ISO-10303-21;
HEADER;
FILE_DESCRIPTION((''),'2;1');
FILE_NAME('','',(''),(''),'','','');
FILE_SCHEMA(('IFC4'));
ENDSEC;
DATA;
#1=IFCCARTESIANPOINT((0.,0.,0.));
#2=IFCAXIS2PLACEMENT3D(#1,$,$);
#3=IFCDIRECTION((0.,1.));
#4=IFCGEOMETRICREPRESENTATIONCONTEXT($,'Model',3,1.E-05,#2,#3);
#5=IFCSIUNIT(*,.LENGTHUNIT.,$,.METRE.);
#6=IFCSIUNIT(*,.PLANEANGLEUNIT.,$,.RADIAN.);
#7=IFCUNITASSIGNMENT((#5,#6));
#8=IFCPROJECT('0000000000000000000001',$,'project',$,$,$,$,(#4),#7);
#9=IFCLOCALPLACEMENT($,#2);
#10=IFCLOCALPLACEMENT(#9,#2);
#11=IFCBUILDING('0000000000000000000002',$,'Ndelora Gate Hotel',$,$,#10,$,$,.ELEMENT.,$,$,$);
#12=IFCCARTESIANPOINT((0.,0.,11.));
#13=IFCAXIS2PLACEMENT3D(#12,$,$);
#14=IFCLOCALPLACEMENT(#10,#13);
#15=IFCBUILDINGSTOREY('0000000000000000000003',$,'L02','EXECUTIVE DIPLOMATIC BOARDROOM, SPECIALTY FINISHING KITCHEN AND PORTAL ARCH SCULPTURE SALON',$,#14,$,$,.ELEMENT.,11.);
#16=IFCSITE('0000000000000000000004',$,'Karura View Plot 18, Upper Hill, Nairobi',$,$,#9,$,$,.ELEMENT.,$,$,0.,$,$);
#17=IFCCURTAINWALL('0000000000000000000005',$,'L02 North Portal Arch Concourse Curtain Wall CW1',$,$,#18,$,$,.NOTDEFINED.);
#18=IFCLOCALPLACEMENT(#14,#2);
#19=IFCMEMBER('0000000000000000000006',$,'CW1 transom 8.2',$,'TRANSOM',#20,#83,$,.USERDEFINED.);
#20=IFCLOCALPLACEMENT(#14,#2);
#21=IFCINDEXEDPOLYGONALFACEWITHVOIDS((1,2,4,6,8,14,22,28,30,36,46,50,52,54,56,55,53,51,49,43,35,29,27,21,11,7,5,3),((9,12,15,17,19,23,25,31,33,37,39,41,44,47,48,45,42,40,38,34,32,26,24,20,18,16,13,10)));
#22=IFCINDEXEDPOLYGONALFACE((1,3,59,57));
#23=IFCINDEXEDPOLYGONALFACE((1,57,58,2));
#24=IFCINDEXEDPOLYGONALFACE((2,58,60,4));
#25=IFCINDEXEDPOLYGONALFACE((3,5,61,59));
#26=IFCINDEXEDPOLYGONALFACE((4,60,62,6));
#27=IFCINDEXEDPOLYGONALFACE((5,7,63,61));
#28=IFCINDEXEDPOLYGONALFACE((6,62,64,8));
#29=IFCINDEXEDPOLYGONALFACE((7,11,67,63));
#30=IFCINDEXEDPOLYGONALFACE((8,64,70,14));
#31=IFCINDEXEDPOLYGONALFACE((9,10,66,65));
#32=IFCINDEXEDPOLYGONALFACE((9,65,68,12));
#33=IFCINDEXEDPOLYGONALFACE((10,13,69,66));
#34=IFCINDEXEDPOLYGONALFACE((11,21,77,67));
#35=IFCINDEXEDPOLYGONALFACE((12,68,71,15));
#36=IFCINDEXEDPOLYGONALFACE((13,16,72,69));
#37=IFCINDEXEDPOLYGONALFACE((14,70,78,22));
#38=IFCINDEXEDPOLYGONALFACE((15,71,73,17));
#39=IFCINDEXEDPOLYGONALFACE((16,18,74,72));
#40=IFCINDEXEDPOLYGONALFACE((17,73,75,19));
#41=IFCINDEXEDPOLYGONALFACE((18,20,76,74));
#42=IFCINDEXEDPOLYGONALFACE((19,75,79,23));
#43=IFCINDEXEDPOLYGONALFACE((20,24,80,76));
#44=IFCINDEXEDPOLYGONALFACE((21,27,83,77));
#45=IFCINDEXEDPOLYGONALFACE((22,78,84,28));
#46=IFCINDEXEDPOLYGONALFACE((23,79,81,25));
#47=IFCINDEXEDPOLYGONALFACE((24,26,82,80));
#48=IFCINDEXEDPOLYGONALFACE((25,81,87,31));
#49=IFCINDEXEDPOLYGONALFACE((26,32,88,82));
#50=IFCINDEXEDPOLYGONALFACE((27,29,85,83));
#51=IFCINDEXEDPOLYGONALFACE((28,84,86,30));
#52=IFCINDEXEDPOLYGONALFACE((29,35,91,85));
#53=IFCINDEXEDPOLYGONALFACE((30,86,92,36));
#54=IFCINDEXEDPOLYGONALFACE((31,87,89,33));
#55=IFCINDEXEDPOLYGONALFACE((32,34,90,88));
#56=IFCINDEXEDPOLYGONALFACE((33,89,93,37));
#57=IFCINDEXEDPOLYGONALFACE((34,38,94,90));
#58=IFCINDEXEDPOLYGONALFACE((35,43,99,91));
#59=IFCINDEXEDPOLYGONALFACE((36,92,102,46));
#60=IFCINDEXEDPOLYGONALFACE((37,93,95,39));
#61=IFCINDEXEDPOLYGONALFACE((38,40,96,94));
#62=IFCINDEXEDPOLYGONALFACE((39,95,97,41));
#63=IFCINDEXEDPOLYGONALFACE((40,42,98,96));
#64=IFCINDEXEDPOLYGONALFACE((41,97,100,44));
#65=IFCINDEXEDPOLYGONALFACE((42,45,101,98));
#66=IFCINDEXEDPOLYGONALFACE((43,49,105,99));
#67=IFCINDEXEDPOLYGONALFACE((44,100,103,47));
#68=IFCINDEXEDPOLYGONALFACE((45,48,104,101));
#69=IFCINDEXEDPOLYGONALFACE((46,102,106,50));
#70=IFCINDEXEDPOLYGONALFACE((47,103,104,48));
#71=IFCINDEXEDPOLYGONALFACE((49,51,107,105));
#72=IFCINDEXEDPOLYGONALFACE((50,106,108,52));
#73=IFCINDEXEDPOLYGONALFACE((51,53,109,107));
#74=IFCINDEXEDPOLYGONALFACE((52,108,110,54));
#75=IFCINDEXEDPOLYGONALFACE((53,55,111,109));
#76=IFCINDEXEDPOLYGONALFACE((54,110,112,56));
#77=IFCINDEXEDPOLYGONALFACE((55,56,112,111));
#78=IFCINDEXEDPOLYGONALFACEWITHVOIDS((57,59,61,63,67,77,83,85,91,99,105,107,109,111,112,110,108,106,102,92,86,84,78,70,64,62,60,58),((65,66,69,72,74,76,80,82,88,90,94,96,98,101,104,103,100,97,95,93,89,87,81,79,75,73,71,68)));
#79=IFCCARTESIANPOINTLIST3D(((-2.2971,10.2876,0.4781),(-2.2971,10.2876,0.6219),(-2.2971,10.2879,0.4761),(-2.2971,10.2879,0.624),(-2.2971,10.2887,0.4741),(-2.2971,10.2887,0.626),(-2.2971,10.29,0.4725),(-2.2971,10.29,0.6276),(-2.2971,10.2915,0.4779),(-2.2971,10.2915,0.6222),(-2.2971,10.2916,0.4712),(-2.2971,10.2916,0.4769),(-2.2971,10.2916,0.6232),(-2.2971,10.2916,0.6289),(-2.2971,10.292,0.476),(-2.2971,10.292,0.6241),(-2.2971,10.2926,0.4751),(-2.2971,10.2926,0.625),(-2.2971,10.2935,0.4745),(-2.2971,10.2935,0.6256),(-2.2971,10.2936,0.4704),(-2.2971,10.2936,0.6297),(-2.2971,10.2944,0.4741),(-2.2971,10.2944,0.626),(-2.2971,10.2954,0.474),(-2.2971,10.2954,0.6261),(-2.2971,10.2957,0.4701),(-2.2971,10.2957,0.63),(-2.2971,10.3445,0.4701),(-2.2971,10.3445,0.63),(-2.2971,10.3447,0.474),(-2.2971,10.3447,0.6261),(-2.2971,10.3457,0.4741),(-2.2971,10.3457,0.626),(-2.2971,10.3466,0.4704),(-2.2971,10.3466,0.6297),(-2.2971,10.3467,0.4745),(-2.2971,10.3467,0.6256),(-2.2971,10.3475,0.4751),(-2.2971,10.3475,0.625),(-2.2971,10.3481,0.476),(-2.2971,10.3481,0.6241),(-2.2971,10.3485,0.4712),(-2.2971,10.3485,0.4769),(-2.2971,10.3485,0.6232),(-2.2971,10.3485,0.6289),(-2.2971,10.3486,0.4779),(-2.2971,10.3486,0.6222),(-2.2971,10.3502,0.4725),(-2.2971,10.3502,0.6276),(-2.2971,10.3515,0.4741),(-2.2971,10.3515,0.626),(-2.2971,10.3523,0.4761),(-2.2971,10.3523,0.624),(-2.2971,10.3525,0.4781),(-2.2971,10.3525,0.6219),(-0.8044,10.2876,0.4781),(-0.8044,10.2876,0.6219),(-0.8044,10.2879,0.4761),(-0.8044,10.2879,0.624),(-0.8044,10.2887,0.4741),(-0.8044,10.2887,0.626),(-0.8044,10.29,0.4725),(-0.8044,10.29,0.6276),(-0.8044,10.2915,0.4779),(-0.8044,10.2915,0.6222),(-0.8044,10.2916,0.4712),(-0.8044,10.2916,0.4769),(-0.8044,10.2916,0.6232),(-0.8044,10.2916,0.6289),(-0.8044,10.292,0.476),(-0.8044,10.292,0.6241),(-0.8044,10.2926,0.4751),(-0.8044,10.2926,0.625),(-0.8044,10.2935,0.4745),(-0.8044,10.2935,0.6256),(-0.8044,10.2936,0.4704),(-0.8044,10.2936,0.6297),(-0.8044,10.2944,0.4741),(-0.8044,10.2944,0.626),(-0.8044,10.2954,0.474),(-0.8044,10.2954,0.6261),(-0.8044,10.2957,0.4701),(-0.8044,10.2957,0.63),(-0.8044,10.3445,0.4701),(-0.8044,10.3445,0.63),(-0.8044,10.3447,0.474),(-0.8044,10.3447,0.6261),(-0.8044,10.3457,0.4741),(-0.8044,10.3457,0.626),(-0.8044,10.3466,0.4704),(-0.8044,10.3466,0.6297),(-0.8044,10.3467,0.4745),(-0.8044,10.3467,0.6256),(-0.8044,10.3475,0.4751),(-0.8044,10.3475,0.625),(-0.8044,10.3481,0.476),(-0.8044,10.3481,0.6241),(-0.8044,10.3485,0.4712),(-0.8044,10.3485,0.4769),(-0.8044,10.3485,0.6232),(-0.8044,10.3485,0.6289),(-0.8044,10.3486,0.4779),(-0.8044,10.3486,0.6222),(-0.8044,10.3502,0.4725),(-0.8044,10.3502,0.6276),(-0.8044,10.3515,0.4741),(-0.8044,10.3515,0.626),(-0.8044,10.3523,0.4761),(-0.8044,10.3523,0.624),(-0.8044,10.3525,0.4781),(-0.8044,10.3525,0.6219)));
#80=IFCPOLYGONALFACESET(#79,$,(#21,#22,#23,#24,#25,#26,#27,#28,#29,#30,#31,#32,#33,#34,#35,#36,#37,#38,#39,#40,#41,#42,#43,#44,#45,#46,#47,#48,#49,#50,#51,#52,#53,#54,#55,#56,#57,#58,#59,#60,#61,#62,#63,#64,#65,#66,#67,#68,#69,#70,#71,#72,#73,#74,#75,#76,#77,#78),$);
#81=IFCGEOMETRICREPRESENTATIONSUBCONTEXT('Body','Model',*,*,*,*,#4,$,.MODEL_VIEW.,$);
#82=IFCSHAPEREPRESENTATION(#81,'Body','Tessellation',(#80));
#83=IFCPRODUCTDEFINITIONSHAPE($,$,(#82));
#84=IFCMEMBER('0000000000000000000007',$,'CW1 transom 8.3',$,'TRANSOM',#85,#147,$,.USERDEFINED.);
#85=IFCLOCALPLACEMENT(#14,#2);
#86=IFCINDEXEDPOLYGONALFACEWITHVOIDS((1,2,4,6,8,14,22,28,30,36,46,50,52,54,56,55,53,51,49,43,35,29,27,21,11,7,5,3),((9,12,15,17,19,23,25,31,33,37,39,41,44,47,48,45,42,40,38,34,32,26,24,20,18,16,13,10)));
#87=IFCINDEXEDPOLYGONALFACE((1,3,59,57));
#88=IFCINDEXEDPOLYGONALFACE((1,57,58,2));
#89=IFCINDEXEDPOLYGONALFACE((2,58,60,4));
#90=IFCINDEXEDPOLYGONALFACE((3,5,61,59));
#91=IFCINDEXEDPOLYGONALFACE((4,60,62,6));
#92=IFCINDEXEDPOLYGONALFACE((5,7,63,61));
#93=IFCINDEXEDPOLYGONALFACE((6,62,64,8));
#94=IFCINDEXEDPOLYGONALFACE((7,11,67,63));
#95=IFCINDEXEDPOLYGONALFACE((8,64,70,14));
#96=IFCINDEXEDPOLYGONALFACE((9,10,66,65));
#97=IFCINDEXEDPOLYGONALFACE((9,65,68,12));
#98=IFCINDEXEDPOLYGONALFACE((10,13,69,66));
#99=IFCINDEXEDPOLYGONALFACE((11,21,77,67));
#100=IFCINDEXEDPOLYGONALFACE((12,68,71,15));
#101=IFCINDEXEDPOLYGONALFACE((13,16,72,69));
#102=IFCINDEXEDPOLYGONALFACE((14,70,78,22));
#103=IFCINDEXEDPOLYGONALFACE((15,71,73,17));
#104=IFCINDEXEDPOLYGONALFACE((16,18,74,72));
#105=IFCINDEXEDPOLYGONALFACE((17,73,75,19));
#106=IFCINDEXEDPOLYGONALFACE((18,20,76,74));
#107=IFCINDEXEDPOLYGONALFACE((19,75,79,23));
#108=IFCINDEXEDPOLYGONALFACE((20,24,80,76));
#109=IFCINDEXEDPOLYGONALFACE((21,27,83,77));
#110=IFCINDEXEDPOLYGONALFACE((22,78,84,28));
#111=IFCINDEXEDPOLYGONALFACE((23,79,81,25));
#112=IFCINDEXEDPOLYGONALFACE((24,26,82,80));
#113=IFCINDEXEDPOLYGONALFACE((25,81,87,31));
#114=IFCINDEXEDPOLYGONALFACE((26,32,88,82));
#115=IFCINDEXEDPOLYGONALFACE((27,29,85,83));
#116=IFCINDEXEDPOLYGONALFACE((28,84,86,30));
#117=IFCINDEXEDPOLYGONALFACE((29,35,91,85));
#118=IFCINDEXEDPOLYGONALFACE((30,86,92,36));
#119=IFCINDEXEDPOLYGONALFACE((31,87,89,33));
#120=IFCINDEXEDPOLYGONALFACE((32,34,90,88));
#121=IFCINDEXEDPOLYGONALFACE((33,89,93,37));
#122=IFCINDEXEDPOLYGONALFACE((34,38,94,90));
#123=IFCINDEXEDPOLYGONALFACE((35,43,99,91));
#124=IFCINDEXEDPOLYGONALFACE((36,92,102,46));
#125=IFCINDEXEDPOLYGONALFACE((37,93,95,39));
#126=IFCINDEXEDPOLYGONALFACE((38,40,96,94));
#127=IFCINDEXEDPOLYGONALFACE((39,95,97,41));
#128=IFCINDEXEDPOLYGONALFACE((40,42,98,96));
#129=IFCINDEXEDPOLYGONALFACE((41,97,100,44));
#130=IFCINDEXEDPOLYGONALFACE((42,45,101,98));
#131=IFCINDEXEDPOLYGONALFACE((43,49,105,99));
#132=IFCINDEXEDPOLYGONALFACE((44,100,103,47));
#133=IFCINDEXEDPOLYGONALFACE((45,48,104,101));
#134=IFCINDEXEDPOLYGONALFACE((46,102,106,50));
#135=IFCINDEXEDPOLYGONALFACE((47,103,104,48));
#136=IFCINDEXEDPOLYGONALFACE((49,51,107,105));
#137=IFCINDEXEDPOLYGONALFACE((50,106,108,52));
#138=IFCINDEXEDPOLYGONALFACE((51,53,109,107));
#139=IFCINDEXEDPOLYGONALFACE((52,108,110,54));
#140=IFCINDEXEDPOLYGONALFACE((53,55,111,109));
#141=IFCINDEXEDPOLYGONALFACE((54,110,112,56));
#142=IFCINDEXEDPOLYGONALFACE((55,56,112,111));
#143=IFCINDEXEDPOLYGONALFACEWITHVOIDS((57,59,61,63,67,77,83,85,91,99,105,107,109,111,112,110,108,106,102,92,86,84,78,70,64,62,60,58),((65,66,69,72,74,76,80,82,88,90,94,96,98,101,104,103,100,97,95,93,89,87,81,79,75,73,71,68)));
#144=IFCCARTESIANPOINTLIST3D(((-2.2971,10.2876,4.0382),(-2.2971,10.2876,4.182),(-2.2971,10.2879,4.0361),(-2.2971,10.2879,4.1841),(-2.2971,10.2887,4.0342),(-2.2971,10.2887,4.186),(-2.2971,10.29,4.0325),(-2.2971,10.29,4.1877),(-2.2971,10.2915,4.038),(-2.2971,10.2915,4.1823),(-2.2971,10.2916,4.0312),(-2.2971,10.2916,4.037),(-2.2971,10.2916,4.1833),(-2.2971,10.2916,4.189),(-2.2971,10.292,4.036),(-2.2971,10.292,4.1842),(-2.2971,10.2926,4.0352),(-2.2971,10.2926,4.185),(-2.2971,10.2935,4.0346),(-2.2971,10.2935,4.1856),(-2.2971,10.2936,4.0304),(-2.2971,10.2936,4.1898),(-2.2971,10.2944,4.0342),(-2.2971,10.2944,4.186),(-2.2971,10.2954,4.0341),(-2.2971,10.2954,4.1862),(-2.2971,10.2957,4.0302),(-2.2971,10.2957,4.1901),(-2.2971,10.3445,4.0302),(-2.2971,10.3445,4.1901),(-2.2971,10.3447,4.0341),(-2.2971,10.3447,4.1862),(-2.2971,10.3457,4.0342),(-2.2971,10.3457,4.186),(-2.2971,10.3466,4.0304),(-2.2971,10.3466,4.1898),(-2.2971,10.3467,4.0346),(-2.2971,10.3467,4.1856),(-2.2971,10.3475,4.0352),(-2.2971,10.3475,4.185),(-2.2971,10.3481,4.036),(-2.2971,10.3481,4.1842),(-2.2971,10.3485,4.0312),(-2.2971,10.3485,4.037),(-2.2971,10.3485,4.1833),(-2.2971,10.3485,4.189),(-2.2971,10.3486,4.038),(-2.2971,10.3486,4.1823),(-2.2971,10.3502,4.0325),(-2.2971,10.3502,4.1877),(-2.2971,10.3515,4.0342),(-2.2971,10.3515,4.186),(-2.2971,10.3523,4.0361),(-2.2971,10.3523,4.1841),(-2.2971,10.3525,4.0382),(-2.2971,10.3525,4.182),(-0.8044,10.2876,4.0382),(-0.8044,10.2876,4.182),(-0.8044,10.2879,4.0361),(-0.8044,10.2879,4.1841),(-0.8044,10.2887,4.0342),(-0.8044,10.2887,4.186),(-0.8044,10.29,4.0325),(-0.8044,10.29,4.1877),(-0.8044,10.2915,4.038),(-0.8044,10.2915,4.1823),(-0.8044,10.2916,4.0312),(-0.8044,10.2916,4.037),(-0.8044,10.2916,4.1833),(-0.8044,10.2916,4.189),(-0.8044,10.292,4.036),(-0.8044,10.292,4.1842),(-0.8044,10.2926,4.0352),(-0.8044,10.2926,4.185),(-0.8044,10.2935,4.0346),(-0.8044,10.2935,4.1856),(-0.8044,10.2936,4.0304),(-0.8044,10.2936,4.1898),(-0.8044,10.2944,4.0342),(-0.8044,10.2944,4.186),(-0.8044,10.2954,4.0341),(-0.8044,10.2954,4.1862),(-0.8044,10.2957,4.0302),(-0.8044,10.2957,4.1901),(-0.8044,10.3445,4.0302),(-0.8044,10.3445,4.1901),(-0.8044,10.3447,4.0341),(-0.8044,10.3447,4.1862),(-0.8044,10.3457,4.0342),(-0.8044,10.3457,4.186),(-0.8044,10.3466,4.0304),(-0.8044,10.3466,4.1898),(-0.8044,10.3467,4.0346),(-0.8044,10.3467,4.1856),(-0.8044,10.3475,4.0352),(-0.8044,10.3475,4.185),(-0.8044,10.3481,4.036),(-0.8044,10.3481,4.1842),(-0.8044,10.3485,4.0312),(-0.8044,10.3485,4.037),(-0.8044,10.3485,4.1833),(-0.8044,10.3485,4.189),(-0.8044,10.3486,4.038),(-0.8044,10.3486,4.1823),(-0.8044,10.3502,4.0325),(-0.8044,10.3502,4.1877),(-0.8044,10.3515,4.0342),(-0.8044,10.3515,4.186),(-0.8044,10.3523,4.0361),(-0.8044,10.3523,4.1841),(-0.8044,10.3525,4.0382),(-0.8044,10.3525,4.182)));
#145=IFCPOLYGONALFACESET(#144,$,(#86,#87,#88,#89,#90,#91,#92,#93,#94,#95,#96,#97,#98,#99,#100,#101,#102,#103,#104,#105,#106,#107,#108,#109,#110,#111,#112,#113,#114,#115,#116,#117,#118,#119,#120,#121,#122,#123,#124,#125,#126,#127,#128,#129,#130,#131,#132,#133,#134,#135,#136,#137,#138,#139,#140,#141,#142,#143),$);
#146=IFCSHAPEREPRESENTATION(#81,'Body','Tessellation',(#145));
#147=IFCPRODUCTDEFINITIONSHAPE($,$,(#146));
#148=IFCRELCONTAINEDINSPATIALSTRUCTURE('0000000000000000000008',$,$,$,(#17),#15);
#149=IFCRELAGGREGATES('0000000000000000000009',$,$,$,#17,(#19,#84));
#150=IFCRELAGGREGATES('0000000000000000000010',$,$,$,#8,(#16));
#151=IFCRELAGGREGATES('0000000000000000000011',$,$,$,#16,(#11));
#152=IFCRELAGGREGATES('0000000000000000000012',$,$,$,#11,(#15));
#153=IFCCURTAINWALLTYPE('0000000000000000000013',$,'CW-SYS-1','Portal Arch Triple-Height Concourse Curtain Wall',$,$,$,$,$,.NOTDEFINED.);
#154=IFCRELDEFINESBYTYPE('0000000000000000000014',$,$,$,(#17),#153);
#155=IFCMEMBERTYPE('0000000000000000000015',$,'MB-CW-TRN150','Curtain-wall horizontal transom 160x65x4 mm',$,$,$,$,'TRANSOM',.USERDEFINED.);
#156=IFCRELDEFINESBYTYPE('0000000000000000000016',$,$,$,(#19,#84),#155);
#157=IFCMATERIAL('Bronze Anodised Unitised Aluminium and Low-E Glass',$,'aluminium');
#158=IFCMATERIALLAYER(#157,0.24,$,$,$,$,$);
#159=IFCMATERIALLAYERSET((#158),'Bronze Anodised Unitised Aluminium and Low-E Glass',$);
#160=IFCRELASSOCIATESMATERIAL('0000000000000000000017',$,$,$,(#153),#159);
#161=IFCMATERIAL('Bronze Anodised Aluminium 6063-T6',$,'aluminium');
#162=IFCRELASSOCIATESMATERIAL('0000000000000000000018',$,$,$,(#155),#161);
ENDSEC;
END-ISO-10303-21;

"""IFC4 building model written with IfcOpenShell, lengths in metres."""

from ifc_helpers import new_model, si_unit, direction, frame, origin, origin_2d, place, context, subcontext, project, spatial, hollow_rectangle, extrude, material, layer, layer_set, material_profile, profile_set, type_object, element, aggregate, save


model = new_model("IFC4")

# Units and contexts
model_context = context("Model", 3, precision=1e-05, world=origin(), true_north=direction((0.0, 1.0)))
body_context = subcontext(model_context, "Body", "Model", "MODEL_VIEW")
ifc_project = project(units=[si_unit("LENGTHUNIT", "METRE"), si_unit("PLANEANGLEUNIT", "RADIAN")], contexts=[model_context])

# Site, building, storey
site_placement = place(None, origin())
site = spatial("IfcSite", under=ifc_project, at=site_placement, Name="Karura View Plot 18, Upper Hill, Nairobi", CompositionType="ELEMENT", RefElevation=0.0)
building_placement = place(site_placement, origin())
building = spatial("IfcBuilding", under=site, at=building_placement, Name="Ndelora Gate Hotel", CompositionType="ELEMENT")
storey_placement = place(building_placement, frame((0.0, 0.0, 11.0)))
storey = spatial("IfcBuildingStorey", under=building, at=storey_placement, Name="L02", Description="EXECUTIVE DIPLOMATIC BOARDROOM, SPECIALTY FINISHING KITCHEN AND PORTAL ARCH SCULPTURE SALON", CompositionType="ELEMENT", Elevation=11.0)

# Curtain wall, members
ifc_material_1 = material(Name="Bronze Anodised Unitised Aluminium and Low-E Glass", Category="aluminium")
ifc_layer_1 = layer(ifc_material_1, 0.24)
ifc_layer_set_1 = layer_set([ifc_layer_1], Name="Bronze Anodised Unitised Aluminium and Low-E Glass")
curtain_wall_type = type_object("IfcCurtainWallType", Name="CW-SYS-1", Description="Portal Arch Triple-Height Concourse Curtain Wall", PredefinedType="NOTDEFINED", material=ifc_layer_set_1)
curtain_wall_placement = place(storey_placement, origin())
curtain_wall = element("IfcCurtainWall", 1, at=curtain_wall_placement, inside=storey, type_object=curtain_wall_type, Name="L02 North Portal Arch Concourse Curtain Wall CW1", PredefinedType="NOTDEFINED")
ifc_material_2 = material(Name="Bronze Anodised Aluminium 6063-T6", Category="aluminium")
ifc_material_profile_1 = material_profile(ifc_material_2, hollow_rectangle(XDim=0.0649, YDim=0.1599, WallThickness=0.0039, InnerFilletRadius=0.0039, OuterFilletRadius=0.0081, at=origin_2d()), Name="ALU 160x65x4")
ifc_profile_set_1 = profile_set([ifc_material_profile_1], Name="Bronze Anodised Aluminium 6063-T6")
member_type_1 = type_object("IfcMemberType", Name="MB-CW-TRN150", Description="Curtain-wall horizontal transom 160x65x4 mm", ElementType="TRANSOM", PredefinedType="USERDEFINED", material=ifc_profile_set_1)
member_1_placement = place(storey_placement, frame((-0.8044, 10.3201, 0.55), z_axis=(-1.0, 0.0, 0.0), x_axis=(0.0, -1.0, 0.0)))
member_1 = element("IfcMember", 2, at=member_1_placement, type_object=member_type_1, Name="CW1 transom 8.2", ObjectType="TRANSOM", PredefinedType="USERDEFINED", context=body_context, shape_type="SweptSolid", body=[
    extrude(hollow_rectangle(XDim=0.0649, YDim=0.1599, WallThickness=0.0039, InnerFilletRadius=0.0039, OuterFilletRadius=0.0081, at=origin_2d()), origin(), (0.0, 0.0, 1.0), 1.4927),
])
member_2_placement = place(storey_placement, frame((-0.8044, 10.3201, 4.1101), z_axis=(-1.0, 0.0, 0.0), x_axis=(0.0, -1.0, 0.0)))
member_2 = element("IfcMember", 3, at=member_2_placement, type_object=member_type_1, Name="CW1 transom 8.3", ObjectType="TRANSOM", PredefinedType="USERDEFINED", context=body_context, shape_type="SweptSolid", body=[
    extrude(hollow_rectangle(XDim=0.0649, YDim=0.1599, WallThickness=0.0039, InnerFilletRadius=0.0039, OuterFilletRadius=0.0081, at=origin_2d()), origin(), (0.0, 0.0, 1.0), 1.4927),
])
aggregate(curtain_wall, [member_1, member_2])

save(model, "model.ifc")
